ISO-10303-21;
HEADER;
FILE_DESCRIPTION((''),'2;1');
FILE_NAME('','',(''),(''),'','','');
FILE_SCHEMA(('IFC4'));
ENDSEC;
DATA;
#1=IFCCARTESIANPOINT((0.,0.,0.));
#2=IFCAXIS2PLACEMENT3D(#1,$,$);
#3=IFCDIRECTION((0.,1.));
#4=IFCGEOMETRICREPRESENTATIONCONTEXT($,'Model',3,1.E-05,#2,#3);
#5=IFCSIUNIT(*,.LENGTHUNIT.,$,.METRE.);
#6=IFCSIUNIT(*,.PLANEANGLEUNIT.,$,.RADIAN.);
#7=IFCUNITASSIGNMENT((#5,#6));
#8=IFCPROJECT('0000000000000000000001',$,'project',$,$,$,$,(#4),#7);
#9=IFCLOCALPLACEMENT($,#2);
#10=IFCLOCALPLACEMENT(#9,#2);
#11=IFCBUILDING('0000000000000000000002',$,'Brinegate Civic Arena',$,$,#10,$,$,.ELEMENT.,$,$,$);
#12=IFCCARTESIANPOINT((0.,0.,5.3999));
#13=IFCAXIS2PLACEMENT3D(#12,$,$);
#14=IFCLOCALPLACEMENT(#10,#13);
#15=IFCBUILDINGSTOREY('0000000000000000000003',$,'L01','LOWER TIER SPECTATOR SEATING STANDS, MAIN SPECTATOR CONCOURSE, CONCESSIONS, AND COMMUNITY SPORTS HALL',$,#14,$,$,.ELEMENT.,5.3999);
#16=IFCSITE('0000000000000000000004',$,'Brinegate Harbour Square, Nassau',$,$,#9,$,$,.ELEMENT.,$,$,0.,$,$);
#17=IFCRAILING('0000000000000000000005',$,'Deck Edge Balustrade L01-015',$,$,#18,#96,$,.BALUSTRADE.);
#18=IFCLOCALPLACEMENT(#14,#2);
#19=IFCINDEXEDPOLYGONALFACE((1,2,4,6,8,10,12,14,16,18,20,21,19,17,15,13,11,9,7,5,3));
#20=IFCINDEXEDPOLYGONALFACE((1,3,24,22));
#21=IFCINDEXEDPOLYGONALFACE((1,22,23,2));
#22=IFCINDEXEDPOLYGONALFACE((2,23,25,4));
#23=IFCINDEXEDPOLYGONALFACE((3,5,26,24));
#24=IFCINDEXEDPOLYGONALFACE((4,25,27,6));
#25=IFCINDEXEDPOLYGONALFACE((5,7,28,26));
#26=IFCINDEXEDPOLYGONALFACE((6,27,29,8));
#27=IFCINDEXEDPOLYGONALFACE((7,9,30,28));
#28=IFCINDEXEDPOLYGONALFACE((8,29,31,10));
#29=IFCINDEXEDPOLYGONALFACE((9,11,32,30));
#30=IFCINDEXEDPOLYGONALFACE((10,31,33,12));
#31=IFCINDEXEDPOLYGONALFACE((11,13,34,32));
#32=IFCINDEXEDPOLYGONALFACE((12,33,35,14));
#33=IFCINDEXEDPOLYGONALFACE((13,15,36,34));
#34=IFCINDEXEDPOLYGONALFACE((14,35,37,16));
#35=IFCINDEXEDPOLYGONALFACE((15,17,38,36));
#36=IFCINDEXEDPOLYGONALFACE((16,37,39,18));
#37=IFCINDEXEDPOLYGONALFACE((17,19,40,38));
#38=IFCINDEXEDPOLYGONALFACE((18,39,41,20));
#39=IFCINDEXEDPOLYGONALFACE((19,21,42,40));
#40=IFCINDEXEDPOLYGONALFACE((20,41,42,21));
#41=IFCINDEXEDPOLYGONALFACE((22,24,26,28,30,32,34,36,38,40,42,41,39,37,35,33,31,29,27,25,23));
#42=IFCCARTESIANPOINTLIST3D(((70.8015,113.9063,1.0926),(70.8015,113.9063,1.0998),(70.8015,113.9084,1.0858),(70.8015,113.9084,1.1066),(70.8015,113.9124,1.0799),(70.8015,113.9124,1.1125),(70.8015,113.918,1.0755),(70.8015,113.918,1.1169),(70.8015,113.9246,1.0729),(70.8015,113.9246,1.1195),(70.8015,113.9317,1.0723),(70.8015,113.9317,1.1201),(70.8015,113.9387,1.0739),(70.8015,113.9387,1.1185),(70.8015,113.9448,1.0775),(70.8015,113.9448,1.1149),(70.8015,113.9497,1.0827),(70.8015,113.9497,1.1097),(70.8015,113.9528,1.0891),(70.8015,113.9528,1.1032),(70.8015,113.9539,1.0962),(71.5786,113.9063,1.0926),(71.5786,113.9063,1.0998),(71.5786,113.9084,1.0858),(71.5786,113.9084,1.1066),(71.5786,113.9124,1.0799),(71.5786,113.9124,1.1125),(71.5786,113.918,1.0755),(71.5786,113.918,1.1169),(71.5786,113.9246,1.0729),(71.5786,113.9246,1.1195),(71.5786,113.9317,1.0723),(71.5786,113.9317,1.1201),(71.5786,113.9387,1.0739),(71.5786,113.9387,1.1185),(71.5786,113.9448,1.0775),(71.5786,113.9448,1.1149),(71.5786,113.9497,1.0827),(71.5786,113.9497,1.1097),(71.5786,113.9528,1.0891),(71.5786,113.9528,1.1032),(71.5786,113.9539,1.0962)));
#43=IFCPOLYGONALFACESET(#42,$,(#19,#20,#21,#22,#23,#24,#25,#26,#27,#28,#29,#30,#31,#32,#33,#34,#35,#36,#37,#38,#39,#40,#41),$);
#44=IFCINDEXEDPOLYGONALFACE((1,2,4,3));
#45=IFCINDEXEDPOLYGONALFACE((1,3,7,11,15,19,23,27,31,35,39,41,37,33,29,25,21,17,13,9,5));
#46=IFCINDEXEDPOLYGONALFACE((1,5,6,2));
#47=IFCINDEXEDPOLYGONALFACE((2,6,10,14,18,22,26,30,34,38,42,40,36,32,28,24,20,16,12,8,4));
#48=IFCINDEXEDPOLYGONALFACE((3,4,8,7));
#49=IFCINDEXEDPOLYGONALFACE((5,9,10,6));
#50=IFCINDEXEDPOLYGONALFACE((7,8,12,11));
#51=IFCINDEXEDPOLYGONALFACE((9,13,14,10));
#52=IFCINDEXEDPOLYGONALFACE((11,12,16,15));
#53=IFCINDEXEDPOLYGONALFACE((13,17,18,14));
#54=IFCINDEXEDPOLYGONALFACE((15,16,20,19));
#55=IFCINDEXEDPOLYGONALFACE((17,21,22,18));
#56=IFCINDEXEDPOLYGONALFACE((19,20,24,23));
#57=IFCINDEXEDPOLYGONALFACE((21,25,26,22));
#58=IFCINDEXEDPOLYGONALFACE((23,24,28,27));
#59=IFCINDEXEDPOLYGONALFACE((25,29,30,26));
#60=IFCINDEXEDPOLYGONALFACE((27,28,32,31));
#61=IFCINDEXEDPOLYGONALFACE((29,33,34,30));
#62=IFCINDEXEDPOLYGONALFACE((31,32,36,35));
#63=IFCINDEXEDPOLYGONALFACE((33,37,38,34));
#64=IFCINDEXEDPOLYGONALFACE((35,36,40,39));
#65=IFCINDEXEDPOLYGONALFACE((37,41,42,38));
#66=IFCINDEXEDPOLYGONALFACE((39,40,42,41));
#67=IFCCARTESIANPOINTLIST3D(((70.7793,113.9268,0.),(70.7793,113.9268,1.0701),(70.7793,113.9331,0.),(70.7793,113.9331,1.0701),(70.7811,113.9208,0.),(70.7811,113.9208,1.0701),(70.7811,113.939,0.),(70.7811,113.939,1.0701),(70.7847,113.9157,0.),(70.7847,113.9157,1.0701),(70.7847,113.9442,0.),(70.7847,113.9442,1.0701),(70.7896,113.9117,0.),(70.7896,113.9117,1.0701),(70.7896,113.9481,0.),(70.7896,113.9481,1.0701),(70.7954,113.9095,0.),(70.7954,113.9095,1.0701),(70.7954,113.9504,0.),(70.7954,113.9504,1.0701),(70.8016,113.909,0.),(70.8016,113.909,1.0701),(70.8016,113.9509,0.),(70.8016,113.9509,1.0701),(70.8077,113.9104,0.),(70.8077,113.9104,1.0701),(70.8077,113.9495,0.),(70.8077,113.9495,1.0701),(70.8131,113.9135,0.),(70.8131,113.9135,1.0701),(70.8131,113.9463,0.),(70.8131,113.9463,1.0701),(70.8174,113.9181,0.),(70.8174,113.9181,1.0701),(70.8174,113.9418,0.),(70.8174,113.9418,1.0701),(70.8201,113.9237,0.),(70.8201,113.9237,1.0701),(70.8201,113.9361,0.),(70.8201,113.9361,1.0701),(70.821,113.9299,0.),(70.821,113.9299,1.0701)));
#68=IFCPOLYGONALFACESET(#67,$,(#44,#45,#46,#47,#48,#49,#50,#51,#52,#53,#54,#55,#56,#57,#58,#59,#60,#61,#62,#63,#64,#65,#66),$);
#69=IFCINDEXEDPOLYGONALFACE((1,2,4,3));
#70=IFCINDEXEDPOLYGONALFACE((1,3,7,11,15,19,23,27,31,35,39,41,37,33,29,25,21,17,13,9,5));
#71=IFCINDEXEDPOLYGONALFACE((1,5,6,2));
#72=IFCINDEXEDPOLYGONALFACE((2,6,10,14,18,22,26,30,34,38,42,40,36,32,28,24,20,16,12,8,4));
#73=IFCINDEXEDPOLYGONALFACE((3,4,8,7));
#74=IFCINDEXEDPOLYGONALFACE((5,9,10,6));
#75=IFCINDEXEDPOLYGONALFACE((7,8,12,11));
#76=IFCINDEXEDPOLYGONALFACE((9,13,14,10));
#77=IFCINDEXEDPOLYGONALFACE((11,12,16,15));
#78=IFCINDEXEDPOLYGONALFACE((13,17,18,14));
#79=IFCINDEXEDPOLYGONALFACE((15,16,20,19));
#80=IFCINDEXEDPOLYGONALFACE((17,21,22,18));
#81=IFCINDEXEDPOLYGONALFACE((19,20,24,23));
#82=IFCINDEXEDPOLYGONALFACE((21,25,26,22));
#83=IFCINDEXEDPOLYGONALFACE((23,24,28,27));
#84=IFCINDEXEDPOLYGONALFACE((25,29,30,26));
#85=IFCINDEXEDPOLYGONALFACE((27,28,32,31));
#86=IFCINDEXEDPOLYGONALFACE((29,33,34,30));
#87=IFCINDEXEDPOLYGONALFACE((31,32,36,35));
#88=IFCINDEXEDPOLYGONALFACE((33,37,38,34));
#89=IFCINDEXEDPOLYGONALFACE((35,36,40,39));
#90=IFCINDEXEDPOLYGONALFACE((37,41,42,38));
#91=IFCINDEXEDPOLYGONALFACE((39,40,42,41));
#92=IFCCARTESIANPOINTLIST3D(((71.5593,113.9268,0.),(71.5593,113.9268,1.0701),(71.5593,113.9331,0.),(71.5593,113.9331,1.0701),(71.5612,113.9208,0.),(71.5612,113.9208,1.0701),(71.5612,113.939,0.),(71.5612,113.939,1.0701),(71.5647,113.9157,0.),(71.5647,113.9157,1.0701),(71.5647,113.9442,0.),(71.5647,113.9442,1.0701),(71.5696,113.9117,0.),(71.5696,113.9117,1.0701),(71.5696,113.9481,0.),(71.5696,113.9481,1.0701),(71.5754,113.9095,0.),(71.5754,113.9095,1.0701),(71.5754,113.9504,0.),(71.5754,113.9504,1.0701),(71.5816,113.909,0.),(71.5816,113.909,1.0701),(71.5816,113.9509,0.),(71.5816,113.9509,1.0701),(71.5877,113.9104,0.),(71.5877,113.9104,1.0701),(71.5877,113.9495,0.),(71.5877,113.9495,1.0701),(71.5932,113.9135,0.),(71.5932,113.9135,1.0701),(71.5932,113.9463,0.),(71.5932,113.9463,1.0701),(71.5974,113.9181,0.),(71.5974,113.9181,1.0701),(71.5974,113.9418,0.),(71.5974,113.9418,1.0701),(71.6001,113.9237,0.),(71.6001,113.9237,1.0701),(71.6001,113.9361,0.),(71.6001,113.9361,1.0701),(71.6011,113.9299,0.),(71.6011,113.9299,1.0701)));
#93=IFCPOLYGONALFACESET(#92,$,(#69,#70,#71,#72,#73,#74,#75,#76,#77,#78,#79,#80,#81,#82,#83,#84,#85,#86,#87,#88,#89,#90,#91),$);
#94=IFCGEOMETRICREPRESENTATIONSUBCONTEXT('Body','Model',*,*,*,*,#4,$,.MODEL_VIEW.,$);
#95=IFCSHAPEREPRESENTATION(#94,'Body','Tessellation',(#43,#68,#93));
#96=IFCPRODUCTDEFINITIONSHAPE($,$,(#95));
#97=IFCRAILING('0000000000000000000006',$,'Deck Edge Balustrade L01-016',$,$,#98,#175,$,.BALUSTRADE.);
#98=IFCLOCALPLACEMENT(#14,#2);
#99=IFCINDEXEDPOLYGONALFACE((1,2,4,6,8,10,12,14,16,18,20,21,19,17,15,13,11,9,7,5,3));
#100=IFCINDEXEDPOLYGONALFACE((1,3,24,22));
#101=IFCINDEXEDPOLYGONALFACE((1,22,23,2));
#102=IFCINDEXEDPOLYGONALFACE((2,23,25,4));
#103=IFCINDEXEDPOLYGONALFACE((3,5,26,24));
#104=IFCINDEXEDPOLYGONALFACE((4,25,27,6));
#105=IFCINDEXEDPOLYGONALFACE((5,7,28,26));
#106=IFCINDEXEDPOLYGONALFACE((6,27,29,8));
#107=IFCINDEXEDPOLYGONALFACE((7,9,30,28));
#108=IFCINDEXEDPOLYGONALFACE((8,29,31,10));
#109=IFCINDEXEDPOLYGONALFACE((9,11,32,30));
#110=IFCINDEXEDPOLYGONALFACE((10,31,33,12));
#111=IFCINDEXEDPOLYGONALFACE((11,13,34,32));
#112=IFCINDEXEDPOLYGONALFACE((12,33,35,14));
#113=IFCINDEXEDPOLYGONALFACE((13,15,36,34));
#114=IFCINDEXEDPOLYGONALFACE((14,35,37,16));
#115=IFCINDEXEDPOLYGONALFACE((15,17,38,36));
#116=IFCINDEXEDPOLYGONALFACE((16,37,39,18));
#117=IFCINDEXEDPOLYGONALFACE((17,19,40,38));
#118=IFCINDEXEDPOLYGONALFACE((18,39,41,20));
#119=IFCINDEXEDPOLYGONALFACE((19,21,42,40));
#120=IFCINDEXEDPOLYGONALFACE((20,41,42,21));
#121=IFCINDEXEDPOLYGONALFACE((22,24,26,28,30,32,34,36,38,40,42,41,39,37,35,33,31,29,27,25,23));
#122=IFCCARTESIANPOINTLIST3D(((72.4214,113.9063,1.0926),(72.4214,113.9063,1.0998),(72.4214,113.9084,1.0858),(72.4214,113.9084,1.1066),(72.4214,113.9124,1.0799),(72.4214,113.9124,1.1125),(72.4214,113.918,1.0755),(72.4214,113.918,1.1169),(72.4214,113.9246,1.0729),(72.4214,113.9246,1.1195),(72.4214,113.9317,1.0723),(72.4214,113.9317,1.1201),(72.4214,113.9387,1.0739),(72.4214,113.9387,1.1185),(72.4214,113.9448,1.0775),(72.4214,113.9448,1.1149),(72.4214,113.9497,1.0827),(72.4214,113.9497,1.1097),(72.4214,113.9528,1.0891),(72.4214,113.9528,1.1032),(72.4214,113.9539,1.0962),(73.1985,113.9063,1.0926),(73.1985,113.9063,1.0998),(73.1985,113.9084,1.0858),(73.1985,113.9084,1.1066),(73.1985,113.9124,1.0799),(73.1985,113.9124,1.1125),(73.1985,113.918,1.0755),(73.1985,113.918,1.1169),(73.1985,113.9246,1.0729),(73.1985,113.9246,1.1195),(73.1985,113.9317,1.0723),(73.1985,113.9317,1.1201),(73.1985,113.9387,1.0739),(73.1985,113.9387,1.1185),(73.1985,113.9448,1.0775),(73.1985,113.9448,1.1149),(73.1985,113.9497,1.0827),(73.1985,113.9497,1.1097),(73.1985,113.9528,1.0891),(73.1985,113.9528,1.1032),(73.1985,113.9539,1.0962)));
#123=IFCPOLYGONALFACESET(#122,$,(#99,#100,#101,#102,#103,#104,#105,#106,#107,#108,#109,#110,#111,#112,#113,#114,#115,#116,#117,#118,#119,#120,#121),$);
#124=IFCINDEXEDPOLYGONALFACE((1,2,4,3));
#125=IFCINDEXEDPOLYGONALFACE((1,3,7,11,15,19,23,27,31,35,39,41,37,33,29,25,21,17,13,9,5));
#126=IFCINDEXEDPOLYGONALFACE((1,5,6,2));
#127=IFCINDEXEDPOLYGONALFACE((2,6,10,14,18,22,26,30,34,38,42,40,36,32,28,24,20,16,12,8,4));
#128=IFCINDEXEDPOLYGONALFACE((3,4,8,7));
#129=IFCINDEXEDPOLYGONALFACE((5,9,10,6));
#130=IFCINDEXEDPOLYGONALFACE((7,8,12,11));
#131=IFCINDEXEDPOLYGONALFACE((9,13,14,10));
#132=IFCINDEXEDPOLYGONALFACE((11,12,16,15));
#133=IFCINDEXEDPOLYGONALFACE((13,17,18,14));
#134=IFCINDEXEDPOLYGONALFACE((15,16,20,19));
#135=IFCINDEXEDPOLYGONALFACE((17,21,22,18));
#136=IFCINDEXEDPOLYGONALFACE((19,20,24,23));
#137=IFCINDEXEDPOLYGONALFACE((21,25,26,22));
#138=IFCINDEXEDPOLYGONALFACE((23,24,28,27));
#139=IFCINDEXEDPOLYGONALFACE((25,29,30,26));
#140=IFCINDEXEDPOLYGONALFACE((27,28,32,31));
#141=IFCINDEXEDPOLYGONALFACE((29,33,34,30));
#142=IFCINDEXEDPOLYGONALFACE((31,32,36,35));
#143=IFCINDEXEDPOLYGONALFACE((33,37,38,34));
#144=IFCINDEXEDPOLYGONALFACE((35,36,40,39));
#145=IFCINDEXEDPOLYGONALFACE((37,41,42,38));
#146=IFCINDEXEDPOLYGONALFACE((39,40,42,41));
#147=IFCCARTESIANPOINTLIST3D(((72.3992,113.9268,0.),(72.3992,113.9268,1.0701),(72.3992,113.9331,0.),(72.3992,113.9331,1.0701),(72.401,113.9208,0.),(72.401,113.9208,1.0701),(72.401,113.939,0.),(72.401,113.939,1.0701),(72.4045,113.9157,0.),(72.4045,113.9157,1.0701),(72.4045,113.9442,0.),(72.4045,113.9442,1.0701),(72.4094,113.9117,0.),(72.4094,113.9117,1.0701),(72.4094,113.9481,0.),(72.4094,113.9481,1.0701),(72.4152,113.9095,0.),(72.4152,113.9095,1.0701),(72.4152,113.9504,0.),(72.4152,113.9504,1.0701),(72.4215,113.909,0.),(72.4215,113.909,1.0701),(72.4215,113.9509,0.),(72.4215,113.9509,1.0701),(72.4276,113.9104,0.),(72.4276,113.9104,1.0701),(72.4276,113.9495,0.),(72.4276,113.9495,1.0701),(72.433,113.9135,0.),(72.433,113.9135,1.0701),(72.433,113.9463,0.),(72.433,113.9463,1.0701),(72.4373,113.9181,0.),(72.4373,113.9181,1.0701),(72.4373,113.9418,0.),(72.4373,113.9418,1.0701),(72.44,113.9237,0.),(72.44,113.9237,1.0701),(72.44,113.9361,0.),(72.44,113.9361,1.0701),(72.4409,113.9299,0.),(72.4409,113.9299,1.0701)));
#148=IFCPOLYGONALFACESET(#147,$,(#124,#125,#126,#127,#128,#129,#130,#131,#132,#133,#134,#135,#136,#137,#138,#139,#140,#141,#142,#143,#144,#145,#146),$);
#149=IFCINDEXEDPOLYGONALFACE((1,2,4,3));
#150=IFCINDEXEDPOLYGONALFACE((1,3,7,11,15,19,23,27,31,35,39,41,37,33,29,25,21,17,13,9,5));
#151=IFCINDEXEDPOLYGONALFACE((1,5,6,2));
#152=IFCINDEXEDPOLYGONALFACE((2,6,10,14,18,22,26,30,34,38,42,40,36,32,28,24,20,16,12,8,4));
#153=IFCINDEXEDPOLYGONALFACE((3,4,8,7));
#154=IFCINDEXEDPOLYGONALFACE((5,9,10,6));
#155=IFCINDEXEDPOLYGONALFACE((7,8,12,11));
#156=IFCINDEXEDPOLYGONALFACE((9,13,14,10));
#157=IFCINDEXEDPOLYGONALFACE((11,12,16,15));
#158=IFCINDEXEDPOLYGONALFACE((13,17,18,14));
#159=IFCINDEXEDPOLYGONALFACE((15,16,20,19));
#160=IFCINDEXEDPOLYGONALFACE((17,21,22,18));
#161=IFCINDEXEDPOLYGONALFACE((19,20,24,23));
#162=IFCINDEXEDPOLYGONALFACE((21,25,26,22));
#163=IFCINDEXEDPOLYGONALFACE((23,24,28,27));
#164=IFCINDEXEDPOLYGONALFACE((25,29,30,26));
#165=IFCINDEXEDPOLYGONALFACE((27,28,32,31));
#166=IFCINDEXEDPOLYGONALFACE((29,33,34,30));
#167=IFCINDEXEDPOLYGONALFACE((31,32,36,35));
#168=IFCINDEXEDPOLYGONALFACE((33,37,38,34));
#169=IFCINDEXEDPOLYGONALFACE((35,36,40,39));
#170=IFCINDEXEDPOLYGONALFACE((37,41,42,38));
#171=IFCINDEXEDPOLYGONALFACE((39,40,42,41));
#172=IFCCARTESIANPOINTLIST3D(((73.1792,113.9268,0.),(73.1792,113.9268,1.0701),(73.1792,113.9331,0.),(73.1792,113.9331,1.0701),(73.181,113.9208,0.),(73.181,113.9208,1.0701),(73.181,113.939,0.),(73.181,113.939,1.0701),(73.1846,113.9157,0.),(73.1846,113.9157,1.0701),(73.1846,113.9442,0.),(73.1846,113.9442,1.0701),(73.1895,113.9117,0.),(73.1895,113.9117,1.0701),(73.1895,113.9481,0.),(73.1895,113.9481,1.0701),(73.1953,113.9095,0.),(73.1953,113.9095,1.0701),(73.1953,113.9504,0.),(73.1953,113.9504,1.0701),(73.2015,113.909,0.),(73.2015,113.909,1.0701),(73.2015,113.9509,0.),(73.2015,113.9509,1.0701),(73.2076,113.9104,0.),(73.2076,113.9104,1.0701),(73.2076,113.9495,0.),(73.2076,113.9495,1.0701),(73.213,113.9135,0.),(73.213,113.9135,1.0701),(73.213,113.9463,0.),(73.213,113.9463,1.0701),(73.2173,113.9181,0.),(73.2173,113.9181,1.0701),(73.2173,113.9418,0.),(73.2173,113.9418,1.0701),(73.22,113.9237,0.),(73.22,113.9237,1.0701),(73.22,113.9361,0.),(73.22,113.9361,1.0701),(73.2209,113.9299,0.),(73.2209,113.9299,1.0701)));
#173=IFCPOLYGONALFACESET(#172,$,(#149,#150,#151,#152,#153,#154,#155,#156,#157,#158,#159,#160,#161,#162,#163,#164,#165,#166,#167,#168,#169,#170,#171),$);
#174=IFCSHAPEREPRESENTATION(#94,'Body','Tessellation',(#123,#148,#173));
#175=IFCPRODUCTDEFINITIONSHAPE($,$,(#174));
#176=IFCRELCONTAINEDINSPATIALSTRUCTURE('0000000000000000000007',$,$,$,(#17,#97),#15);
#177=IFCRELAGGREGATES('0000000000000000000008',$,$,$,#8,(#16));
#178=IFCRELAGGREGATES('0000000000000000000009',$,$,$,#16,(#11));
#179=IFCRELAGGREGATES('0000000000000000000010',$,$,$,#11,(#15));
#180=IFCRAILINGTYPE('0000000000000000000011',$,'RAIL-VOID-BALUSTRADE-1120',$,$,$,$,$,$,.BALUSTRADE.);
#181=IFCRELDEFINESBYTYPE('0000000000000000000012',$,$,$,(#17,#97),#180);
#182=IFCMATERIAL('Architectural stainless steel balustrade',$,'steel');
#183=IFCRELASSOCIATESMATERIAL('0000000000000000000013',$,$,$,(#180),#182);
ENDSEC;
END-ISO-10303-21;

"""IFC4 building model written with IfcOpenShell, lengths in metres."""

from ifc_helpers import new_model, si_unit, direction, frame, origin, origin_2d, place, context, subcontext, project, spatial, circle, extrude, material, type_object, element, save


model = new_model("IFC4")

# Units and contexts
model_context = context("Model", 3, precision=1e-05, world=origin(), true_north=direction((0.0, 1.0)))
body_context = subcontext(model_context, "Body", "Model", "MODEL_VIEW")
ifc_project = project(units=[si_unit("LENGTHUNIT", "METRE"), si_unit("PLANEANGLEUNIT", "RADIAN")], contexts=[model_context])

# Site, building, storey
site_placement = place(None, origin())
site = spatial("IfcSite", under=ifc_project, at=site_placement, Name="Brinegate Harbour Square, Nassau", CompositionType="ELEMENT", RefElevation=0.0)
building_placement = place(site_placement, origin())
building = spatial("IfcBuilding", under=site, at=building_placement, Name="Brinegate Civic Arena", CompositionType="ELEMENT")
storey_placement = place(building_placement, frame((0.0, 0.0, 5.3999)))
storey = spatial("IfcBuildingStorey", under=building, at=storey_placement, Name="L01", Description="LOWER TIER SPECTATOR SEATING STANDS, MAIN SPECTATOR CONCOURSE, CONCESSIONS, AND COMMUNITY SPORTS HALL", CompositionType="ELEMENT", Elevation=5.3999)

# Railings
ifc_material_1 = material(Name="Architectural stainless steel balustrade", Category="steel")
railing_type_1 = type_object("IfcRailingType", Name="RAIL-VOID-BALUSTRADE-1120", PredefinedType="BALUSTRADE", material=ifc_material_1)
for number, where, name in (
    (1, (70.8, 113.9299, 0.0), "Deck Edge Balustrade L01-015"),
    (2, (72.4199, 113.9299, 0.0), "Deck Edge Balustrade L01-016"),
):
    element("IfcRailing", number, at=place(storey_placement, frame(where)), inside=storey, type_object=railing_type_1, Name=name, PredefinedType="BALUSTRADE", context=body_context, shape_type="SweptSolid", body=[
        extrude(circle(Radius=0.0239, at=origin_2d()), frame((0.0015, 0.0, 1.0962), z_axis=(1.0, 0.0, 0.0), x_axis=(0.0, 1.0, 0.0)), (0.0, 0.0, 1.0), 0.7771),
        extrude(circle(Radius=0.021, at=origin_2d()), origin(), (0.0, 0.0, 1.0), 1.0701),
        extrude(circle(Radius=0.021, at=origin_2d()), frame((0.78, 0.0, 0.0)), (0.0, 0.0, 1.0), 1.0701),
    ])

save(model, "model.ifc")
